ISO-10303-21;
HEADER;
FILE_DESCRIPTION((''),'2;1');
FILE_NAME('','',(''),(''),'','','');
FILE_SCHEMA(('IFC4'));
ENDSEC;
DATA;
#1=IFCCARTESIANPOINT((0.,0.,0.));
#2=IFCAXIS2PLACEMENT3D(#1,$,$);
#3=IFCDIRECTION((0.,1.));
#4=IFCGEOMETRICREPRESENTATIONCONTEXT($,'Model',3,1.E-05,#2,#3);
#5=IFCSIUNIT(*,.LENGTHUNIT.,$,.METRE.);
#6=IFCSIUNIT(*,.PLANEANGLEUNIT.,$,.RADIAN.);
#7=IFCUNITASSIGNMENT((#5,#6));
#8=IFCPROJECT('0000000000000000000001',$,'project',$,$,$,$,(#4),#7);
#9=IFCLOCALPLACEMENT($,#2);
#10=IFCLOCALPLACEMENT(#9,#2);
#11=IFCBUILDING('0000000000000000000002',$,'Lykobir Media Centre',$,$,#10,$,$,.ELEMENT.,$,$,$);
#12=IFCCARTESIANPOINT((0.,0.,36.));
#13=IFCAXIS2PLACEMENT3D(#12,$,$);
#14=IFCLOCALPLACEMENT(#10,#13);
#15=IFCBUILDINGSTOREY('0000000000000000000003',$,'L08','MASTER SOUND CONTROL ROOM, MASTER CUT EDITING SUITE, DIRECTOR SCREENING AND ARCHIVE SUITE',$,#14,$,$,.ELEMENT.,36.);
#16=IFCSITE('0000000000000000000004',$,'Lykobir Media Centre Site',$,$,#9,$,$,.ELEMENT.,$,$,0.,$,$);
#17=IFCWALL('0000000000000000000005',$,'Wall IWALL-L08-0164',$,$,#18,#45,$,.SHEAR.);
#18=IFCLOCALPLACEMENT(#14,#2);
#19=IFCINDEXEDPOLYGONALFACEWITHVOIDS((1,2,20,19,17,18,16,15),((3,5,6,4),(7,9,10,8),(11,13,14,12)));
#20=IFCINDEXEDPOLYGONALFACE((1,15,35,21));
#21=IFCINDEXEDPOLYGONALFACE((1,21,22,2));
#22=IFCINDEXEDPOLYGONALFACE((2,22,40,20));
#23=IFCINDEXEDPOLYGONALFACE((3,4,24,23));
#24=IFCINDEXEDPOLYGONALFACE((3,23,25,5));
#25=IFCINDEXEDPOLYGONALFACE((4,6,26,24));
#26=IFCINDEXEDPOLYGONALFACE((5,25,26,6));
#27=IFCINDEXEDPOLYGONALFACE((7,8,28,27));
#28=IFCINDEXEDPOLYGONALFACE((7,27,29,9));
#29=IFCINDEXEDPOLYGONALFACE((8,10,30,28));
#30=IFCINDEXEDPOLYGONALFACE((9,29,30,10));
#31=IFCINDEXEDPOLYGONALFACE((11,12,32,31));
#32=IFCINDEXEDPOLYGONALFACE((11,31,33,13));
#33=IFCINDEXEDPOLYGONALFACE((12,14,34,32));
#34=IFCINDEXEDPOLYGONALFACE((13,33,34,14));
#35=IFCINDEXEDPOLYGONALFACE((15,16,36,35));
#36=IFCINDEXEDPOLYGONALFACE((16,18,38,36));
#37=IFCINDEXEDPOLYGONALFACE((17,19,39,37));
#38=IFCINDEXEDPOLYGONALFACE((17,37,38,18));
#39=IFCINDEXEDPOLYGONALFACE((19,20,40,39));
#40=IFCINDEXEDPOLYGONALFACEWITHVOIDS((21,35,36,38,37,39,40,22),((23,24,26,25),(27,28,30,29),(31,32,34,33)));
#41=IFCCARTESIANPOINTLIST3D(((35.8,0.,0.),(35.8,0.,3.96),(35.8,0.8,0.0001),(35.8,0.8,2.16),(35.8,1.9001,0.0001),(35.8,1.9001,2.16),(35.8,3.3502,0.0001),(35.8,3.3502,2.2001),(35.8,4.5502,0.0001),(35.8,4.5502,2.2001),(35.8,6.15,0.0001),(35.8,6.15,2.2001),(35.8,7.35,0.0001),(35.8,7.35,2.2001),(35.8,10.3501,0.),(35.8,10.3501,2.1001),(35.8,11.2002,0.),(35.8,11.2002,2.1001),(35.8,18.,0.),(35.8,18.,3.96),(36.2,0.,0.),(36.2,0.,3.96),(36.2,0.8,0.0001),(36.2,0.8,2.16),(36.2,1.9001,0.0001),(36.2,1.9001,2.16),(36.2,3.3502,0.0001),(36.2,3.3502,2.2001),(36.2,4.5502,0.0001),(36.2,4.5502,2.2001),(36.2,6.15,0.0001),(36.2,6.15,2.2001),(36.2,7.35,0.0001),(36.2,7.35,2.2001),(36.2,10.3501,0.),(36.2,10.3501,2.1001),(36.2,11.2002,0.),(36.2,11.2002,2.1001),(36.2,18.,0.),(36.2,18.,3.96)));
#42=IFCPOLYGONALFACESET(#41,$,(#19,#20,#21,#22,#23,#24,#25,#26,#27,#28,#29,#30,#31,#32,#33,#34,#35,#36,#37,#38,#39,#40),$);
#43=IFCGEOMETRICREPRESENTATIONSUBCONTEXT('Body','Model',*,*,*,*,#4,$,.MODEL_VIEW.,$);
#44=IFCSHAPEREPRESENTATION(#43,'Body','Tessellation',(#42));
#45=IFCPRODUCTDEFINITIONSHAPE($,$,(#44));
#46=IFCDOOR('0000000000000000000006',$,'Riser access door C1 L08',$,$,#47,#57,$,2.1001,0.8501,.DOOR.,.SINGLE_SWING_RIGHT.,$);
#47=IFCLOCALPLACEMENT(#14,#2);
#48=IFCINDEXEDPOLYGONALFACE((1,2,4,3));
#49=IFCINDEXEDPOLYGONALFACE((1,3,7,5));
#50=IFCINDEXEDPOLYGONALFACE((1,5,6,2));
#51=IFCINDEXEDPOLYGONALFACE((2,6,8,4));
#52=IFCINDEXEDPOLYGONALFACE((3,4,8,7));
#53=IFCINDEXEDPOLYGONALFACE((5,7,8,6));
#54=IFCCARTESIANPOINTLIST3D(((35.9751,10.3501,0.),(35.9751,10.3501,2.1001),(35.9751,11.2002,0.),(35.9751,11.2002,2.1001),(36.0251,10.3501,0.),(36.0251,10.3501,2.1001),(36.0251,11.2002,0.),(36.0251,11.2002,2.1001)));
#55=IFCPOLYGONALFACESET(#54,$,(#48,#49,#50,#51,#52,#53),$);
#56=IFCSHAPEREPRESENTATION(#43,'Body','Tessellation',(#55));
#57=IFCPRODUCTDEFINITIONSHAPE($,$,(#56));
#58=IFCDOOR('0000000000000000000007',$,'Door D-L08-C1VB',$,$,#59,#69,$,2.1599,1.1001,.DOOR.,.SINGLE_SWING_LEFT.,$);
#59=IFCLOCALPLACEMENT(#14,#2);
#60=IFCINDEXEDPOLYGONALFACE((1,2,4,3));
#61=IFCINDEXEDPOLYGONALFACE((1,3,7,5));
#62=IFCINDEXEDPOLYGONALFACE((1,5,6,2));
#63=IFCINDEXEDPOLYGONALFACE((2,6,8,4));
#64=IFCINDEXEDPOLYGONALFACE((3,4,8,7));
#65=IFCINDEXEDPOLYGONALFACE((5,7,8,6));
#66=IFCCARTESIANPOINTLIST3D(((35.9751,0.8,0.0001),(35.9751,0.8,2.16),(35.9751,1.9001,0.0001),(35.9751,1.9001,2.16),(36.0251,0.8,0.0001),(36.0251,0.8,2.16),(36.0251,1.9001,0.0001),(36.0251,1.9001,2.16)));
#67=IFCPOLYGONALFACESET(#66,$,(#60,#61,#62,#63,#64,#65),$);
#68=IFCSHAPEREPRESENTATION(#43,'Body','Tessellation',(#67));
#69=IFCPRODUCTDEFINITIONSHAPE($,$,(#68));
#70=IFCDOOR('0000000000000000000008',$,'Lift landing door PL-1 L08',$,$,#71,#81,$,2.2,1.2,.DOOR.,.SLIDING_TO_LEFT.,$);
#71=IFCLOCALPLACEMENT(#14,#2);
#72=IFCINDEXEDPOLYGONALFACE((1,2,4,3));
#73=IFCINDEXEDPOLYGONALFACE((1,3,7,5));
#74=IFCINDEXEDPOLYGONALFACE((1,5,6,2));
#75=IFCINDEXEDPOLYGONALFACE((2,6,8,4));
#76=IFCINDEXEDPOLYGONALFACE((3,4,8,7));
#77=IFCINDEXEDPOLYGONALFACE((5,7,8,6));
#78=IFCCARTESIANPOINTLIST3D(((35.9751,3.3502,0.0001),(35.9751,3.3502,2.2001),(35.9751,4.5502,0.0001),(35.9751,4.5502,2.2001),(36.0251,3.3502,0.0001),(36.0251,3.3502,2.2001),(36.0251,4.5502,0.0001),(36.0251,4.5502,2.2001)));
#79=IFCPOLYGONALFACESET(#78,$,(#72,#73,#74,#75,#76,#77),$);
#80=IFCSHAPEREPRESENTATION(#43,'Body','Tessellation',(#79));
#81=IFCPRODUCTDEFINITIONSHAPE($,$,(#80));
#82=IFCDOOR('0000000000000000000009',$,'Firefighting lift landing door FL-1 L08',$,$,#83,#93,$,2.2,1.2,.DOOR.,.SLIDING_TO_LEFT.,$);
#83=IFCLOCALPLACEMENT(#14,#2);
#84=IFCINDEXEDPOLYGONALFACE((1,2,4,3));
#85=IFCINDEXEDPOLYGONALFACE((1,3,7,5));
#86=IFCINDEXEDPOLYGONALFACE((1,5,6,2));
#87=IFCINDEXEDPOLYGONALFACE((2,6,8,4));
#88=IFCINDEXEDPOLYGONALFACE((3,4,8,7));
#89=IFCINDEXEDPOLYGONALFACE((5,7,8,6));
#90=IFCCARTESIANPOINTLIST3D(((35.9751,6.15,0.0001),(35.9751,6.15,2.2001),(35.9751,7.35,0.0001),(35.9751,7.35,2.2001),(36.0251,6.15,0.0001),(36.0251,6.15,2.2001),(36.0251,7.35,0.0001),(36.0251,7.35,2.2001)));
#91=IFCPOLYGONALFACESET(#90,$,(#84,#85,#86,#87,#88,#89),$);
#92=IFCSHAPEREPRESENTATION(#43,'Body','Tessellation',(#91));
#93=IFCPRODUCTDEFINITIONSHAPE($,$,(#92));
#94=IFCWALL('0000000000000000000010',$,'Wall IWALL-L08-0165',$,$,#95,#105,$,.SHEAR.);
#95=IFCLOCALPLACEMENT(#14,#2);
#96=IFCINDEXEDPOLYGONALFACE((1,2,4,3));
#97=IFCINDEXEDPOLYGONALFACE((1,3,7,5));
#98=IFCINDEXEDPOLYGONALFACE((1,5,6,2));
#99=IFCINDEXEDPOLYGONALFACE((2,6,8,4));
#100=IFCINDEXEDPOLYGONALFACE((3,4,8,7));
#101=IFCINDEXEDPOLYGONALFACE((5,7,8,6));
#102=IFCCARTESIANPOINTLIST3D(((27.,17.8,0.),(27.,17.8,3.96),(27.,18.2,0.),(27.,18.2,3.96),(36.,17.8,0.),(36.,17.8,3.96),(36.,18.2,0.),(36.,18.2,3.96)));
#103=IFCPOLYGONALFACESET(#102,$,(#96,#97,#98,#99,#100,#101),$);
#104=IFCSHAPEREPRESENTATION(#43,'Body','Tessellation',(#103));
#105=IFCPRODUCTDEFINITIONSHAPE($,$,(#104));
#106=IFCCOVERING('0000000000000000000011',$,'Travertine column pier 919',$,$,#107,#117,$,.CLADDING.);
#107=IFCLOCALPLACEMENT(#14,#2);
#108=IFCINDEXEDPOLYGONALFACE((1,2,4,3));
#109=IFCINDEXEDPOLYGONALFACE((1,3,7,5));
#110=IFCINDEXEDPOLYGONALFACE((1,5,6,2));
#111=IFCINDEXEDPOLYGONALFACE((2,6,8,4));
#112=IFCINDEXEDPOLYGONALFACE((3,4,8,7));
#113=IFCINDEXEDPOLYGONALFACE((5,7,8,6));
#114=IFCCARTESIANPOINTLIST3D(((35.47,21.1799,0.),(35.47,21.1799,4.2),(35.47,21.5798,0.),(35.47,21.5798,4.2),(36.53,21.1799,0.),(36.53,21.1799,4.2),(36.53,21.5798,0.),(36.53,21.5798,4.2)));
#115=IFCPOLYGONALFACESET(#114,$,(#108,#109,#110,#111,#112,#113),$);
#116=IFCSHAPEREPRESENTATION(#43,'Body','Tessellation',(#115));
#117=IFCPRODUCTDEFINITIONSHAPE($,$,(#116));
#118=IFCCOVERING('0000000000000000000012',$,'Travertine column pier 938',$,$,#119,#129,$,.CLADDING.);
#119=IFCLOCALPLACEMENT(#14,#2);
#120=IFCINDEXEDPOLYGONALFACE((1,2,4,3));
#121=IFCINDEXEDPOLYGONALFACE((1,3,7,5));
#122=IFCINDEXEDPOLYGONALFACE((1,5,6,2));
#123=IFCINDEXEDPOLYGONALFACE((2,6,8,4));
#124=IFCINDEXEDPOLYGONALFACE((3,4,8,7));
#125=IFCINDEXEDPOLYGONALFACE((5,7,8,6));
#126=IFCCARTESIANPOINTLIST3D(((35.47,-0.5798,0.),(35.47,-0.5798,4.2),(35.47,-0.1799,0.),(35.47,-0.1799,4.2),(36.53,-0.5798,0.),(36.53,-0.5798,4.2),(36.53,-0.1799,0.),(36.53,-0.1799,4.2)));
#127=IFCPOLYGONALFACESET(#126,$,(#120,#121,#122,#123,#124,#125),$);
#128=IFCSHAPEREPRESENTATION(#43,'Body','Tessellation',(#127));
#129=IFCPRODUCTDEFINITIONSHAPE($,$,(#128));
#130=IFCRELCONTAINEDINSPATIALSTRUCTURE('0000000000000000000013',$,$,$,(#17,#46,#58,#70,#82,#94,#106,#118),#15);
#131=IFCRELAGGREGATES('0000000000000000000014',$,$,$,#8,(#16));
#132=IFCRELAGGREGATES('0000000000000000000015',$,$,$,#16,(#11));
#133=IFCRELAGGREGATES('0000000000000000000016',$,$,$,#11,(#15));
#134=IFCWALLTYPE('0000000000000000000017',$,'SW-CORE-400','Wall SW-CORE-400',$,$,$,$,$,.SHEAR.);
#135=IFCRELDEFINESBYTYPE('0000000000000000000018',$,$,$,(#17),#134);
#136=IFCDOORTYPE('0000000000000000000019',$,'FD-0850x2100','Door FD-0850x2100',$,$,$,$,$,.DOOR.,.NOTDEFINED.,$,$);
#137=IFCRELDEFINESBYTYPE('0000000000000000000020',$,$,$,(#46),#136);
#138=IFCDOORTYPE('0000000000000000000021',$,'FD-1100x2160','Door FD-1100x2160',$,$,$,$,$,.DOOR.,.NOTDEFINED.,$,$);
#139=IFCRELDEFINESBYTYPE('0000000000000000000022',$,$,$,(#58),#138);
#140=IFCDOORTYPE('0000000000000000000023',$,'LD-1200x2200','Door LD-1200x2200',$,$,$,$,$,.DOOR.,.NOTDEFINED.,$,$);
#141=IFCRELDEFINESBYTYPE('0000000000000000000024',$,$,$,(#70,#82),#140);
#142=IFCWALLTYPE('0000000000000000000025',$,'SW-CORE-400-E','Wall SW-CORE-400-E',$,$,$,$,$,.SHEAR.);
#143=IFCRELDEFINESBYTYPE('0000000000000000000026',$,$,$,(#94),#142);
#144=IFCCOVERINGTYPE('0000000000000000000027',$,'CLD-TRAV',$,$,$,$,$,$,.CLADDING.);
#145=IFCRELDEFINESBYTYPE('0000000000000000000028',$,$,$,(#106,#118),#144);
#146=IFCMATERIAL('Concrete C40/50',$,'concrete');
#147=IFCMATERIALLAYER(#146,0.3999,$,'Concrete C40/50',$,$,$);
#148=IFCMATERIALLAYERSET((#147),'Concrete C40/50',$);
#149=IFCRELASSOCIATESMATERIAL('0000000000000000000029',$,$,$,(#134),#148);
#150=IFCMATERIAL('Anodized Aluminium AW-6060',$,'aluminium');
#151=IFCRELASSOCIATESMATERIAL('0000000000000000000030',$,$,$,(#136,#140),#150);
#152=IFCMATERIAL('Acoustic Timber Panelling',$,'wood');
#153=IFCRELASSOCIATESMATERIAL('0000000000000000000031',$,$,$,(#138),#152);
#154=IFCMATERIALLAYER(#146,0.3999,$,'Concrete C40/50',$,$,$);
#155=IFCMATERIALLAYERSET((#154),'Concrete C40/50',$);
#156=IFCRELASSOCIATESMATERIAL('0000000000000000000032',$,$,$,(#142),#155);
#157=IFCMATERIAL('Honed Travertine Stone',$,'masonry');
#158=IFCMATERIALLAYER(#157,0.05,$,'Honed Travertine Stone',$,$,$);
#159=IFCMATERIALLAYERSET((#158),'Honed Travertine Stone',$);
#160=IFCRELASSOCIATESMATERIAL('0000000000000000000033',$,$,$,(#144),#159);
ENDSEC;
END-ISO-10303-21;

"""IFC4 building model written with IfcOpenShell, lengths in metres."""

from ifc_helpers import new_model, si_unit, direction, frame, frame_2d, origin, origin_2d, place, context, subcontext, project, spatial, rectangle, extrude, material, layer, layer_set, type_object, element, fill, save


model = new_model("IFC4")

# Units and contexts
model_context = context("Model", 3, precision=1e-05, world=origin(), true_north=direction((0.0, 1.0)))
body_context = subcontext(model_context, "Body", "Model", "MODEL_VIEW")
ifc_project = project(units=[si_unit("LENGTHUNIT", "METRE"), si_unit("PLANEANGLEUNIT", "RADIAN")], contexts=[model_context])

# Site, building, storey
site_placement = place(None, origin())
site = spatial("IfcSite", under=ifc_project, at=site_placement, Name="Lykobir Media Centre Site", CompositionType="ELEMENT", RefElevation=0.0)
building_placement = place(site_placement, origin())
building = spatial("IfcBuilding", under=site, at=building_placement, Name="Lykobir Media Centre", CompositionType="ELEMENT")
storey_placement = place(building_placement, frame((0.0, 0.0, 36.0)))
storey = spatial("IfcBuildingStorey", under=building, at=storey_placement, Name="L08", Description="MASTER SOUND CONTROL ROOM, MASTER CUT EDITING SUITE, DIRECTOR SCREENING AND ARCHIVE SUITE", CompositionType="ELEMENT", Elevation=36.0)

# Shared definitions
ifc_material_1 = material(Name="Concrete C40/50", Category="concrete")

# Shared definitions
ifc_material_2 = material(Name="Acoustic Timber Panelling", Category="wood")

# Wall, openings, doors
ifc_layer_1 = layer(ifc_material_1, 0.3999, Name="Concrete C40/50")
ifc_layer_set_1 = layer_set([ifc_layer_1], Name="Concrete C40/50")
wall_type_1 = type_object("IfcWallType", Name="SW-CORE-400", Description="Wall SW-CORE-400", PredefinedType="SHEAR", material=ifc_layer_set_1)
wall_1_placement = place(storey_placement, frame((36.0, 0.0, 0.0), z_axis=(0.0, 0.0, 1.0), x_axis=(0.0, 1.0, 0.0)))
wall_1 = element("IfcWall", 1, at=wall_1_placement, inside=storey, type_object=wall_type_1, Name="Wall IWALL-L08-0164", PredefinedType="SHEAR", context=body_context, shape_type="SweptSolid", body=[
    extrude(rectangle(XDim=18.0, YDim=0.3999, at=frame_2d((9.0, 0.0))), origin(), (0.0, 0.0, 1.0), 3.96),
])
opening_1_placement = place(wall_1_placement, frame((0.8, 0.0, 0.0)))
opening_1 = element("IfcOpeningElement", 2, at=opening_1_placement, cuts=wall_1, PredefinedType="OPENING", context=body_context, shape_type="SweptSolid", body=[
    extrude(rectangle(XDim=1.1001, YDim=2.1599, at=frame_2d((0.55, 1.0801))), frame((0.0, 0.21, 0.0), z_axis=(0.0, -1.0, 0.0), x_axis=(1.0, 0.0, 0.0)), (0.0, 0.0, 1.0), 0.4199),
])
opening_2_placement = place(wall_1_placement, frame((3.3501, 0.0, 0.0)))
opening_2 = element("IfcOpeningElement", 3, at=opening_2_placement, cuts=wall_1, PredefinedType="OPENING", context=body_context, shape_type="SweptSolid", body=[
    extrude(rectangle(XDim=1.2, YDim=2.2, at=frame_2d((0.6001, 1.1001))), frame((0.0, 0.21, 0.0), z_axis=(0.0, -1.0, 0.0), x_axis=(1.0, 0.0, 0.0)), (0.0, 0.0, 1.0), 0.4199),
])
opening_3_placement = place(wall_1_placement, frame((6.1499, 0.0, 0.0)))
opening_3 = element("IfcOpeningElement", 4, at=opening_3_placement, cuts=wall_1, PredefinedType="OPENING", context=body_context, shape_type="SweptSolid", body=[
    extrude(rectangle(XDim=1.2, YDim=2.2, at=frame_2d((0.6001, 1.1001))), frame((0.0, 0.21, 0.0), z_axis=(0.0, -1.0, 0.0), x_axis=(1.0, 0.0, 0.0)), (0.0, 0.0, 1.0), 0.4199),
])
opening_4_placement = place(wall_1_placement, frame((10.3501, 0.0, 0.0)))
opening_4 = element("IfcOpeningElement", 5, at=opening_4_placement, cuts=wall_1, PredefinedType="OPENING", context=body_context, shape_type="SweptSolid", body=[
    extrude(rectangle(XDim=0.8501, YDim=2.1001, at=frame_2d((0.425, 1.05))), frame((0.0, 0.21, 0.0), z_axis=(0.0, -1.0, 0.0), x_axis=(1.0, 0.0, 0.0)), (0.0, 0.0, 1.0), 0.4199),
])
ifc_material_3 = material(Name="Anodized Aluminium AW-6060", Category="aluminium")
door_type_1 = type_object("IfcDoorType", Name="FD-0850x2100", Description="Door FD-0850x2100", OperationType="NOTDEFINED", PredefinedType="DOOR", material=ifc_material_3)
door_1_placement = place(opening_4_placement, origin())
door_1 = element("IfcDoor", 6, at=door_1_placement, inside=storey, type_object=door_type_1, Name="Riser access door C1 L08", OperationType="SINGLE_SWING_RIGHT", OverallHeight=2.1001, OverallWidth=0.8501, PredefinedType="DOOR", context=body_context, shape_type="SweptSolid", body=[
    extrude(rectangle(XDim=0.8501, YDim=2.1001, at=frame_2d((0.425, 1.05))), frame((0.0, 0.0249, 0.0), z_axis=(0.0, -1.0, 0.0), x_axis=(1.0, 0.0, 0.0)), (0.0, 0.0, 1.0), 0.05),
])
fill(opening_4, door_1)
door_type_2 = type_object("IfcDoorType", Name="FD-1100x2160", Description="Door FD-1100x2160", OperationType="NOTDEFINED", PredefinedType="DOOR", material=ifc_material_2)
door_2_placement = place(opening_1_placement, origin())
door_2 = element("IfcDoor", 7, at=door_2_placement, inside=storey, type_object=door_type_2, Name="Door D-L08-C1VB", OperationType="SINGLE_SWING_LEFT", OverallHeight=2.1599, OverallWidth=1.1001, PredefinedType="DOOR", context=body_context, shape_type="SweptSolid", body=[
    extrude(rectangle(XDim=1.1001, YDim=2.1599, at=frame_2d((0.55, 1.0801))), frame((0.0, 0.0249, 0.0), z_axis=(0.0, -1.0, 0.0), x_axis=(1.0, 0.0, 0.0)), (0.0, 0.0, 1.0), 0.05),
])
fill(opening_1, door_2)
door_type_3 = type_object("IfcDoorType", Name="LD-1200x2200", Description="Door LD-1200x2200", OperationType="NOTDEFINED", PredefinedType="DOOR", material=ifc_material_3)
door_3_placement = place(opening_2_placement, origin())
door_3 = element("IfcDoor", 8, at=door_3_placement, inside=storey, type_object=door_type_3, Name="Lift landing door PL-1 L08", OperationType="SLIDING_TO_LEFT", OverallHeight=2.2, OverallWidth=1.2, PredefinedType="DOOR", context=body_context, shape_type="SweptSolid", body=[
    extrude(rectangle(XDim=1.2, YDim=2.2, at=frame_2d((0.6001, 1.1001))), frame((0.0, 0.0249, 0.0), z_axis=(0.0, -1.0, 0.0), x_axis=(1.0, 0.0, 0.0)), (0.0, 0.0, 1.0), 0.05),
])
fill(opening_2, door_3)
door_4_placement = place(opening_3_placement, origin())
door_4 = element("IfcDoor", 9, at=door_4_placement, inside=storey, type_object=door_type_3, Name="Firefighting lift landing door FL-1 L08", OperationType="SLIDING_TO_LEFT", OverallHeight=2.2, OverallWidth=1.2, PredefinedType="DOOR", context=body_context, shape_type="SweptSolid", body=[
    extrude(rectangle(XDim=1.2, YDim=2.2, at=frame_2d((0.6001, 1.1001))), frame((0.0, 0.0249, 0.0), z_axis=(0.0, -1.0, 0.0), x_axis=(1.0, 0.0, 0.0)), (0.0, 0.0, 1.0), 0.05),
])
fill(opening_3, door_4)

# Wall
ifc_layer_2 = layer(ifc_material_1, 0.3999, Name="Concrete C40/50")
ifc_layer_set_2 = layer_set([ifc_layer_2], Name="Concrete C40/50")
wall_type_2 = type_object("IfcWallType", Name="SW-CORE-400-E", Description="Wall SW-CORE-400-E", PredefinedType="SHEAR", material=ifc_layer_set_2)
wall_2_placement = place(storey_placement, frame((36.0, 18.0, 0.0), z_axis=(0.0, 0.0, 1.0), x_axis=(-1.0, 0.0, 0.0)))
element("IfcWall", 10, at=wall_2_placement, inside=storey, type_object=wall_type_2, Name="Wall IWALL-L08-0165", PredefinedType="SHEAR", context=body_context, shape_type="SweptSolid", body=[
    extrude(rectangle(XDim=9.0, YDim=0.3999, at=frame_2d((4.5, 0.0))), origin(), (0.0, 0.0, 1.0), 3.96),
])

# Coverings
ifc_material_4 = material(Name="Honed Travertine Stone", Category="masonry")
ifc_layer_3 = layer(ifc_material_4, 0.05, Name="Honed Travertine Stone")
ifc_layer_set_3 = layer_set([ifc_layer_3], Name="Honed Travertine Stone")
covering_type = type_object("IfcCoveringType", Name="CLD-TRAV", PredefinedType="CLADDING", material=ifc_layer_set_3)
for number, where, z_axis, x_axis, name in (
    (11, (36.0, 21.3799, 0.0), (0.0, 0.0, 1.0), (-1.0, 0.0, 0.0), "Travertine column pier 919"),
    (12, (36.0, -0.3799, 0.0), (0.0, 0.0, 1.0), (1.0, 0.0, 0.0), "Travertine column pier 938"),
):
    element("IfcCovering", number, at=place(storey_placement, frame(where, z_axis=z_axis, x_axis=x_axis)), inside=storey, type_object=covering_type, Name=name, PredefinedType="CLADDING", context=body_context, shape_type="SweptSolid", body=[
        extrude(rectangle(XDim=1.0601, YDim=0.3999, at=origin_2d()), origin(), (0.0, 0.0, 1.0), 4.2),
    ])

save(model, "model.ifc")
